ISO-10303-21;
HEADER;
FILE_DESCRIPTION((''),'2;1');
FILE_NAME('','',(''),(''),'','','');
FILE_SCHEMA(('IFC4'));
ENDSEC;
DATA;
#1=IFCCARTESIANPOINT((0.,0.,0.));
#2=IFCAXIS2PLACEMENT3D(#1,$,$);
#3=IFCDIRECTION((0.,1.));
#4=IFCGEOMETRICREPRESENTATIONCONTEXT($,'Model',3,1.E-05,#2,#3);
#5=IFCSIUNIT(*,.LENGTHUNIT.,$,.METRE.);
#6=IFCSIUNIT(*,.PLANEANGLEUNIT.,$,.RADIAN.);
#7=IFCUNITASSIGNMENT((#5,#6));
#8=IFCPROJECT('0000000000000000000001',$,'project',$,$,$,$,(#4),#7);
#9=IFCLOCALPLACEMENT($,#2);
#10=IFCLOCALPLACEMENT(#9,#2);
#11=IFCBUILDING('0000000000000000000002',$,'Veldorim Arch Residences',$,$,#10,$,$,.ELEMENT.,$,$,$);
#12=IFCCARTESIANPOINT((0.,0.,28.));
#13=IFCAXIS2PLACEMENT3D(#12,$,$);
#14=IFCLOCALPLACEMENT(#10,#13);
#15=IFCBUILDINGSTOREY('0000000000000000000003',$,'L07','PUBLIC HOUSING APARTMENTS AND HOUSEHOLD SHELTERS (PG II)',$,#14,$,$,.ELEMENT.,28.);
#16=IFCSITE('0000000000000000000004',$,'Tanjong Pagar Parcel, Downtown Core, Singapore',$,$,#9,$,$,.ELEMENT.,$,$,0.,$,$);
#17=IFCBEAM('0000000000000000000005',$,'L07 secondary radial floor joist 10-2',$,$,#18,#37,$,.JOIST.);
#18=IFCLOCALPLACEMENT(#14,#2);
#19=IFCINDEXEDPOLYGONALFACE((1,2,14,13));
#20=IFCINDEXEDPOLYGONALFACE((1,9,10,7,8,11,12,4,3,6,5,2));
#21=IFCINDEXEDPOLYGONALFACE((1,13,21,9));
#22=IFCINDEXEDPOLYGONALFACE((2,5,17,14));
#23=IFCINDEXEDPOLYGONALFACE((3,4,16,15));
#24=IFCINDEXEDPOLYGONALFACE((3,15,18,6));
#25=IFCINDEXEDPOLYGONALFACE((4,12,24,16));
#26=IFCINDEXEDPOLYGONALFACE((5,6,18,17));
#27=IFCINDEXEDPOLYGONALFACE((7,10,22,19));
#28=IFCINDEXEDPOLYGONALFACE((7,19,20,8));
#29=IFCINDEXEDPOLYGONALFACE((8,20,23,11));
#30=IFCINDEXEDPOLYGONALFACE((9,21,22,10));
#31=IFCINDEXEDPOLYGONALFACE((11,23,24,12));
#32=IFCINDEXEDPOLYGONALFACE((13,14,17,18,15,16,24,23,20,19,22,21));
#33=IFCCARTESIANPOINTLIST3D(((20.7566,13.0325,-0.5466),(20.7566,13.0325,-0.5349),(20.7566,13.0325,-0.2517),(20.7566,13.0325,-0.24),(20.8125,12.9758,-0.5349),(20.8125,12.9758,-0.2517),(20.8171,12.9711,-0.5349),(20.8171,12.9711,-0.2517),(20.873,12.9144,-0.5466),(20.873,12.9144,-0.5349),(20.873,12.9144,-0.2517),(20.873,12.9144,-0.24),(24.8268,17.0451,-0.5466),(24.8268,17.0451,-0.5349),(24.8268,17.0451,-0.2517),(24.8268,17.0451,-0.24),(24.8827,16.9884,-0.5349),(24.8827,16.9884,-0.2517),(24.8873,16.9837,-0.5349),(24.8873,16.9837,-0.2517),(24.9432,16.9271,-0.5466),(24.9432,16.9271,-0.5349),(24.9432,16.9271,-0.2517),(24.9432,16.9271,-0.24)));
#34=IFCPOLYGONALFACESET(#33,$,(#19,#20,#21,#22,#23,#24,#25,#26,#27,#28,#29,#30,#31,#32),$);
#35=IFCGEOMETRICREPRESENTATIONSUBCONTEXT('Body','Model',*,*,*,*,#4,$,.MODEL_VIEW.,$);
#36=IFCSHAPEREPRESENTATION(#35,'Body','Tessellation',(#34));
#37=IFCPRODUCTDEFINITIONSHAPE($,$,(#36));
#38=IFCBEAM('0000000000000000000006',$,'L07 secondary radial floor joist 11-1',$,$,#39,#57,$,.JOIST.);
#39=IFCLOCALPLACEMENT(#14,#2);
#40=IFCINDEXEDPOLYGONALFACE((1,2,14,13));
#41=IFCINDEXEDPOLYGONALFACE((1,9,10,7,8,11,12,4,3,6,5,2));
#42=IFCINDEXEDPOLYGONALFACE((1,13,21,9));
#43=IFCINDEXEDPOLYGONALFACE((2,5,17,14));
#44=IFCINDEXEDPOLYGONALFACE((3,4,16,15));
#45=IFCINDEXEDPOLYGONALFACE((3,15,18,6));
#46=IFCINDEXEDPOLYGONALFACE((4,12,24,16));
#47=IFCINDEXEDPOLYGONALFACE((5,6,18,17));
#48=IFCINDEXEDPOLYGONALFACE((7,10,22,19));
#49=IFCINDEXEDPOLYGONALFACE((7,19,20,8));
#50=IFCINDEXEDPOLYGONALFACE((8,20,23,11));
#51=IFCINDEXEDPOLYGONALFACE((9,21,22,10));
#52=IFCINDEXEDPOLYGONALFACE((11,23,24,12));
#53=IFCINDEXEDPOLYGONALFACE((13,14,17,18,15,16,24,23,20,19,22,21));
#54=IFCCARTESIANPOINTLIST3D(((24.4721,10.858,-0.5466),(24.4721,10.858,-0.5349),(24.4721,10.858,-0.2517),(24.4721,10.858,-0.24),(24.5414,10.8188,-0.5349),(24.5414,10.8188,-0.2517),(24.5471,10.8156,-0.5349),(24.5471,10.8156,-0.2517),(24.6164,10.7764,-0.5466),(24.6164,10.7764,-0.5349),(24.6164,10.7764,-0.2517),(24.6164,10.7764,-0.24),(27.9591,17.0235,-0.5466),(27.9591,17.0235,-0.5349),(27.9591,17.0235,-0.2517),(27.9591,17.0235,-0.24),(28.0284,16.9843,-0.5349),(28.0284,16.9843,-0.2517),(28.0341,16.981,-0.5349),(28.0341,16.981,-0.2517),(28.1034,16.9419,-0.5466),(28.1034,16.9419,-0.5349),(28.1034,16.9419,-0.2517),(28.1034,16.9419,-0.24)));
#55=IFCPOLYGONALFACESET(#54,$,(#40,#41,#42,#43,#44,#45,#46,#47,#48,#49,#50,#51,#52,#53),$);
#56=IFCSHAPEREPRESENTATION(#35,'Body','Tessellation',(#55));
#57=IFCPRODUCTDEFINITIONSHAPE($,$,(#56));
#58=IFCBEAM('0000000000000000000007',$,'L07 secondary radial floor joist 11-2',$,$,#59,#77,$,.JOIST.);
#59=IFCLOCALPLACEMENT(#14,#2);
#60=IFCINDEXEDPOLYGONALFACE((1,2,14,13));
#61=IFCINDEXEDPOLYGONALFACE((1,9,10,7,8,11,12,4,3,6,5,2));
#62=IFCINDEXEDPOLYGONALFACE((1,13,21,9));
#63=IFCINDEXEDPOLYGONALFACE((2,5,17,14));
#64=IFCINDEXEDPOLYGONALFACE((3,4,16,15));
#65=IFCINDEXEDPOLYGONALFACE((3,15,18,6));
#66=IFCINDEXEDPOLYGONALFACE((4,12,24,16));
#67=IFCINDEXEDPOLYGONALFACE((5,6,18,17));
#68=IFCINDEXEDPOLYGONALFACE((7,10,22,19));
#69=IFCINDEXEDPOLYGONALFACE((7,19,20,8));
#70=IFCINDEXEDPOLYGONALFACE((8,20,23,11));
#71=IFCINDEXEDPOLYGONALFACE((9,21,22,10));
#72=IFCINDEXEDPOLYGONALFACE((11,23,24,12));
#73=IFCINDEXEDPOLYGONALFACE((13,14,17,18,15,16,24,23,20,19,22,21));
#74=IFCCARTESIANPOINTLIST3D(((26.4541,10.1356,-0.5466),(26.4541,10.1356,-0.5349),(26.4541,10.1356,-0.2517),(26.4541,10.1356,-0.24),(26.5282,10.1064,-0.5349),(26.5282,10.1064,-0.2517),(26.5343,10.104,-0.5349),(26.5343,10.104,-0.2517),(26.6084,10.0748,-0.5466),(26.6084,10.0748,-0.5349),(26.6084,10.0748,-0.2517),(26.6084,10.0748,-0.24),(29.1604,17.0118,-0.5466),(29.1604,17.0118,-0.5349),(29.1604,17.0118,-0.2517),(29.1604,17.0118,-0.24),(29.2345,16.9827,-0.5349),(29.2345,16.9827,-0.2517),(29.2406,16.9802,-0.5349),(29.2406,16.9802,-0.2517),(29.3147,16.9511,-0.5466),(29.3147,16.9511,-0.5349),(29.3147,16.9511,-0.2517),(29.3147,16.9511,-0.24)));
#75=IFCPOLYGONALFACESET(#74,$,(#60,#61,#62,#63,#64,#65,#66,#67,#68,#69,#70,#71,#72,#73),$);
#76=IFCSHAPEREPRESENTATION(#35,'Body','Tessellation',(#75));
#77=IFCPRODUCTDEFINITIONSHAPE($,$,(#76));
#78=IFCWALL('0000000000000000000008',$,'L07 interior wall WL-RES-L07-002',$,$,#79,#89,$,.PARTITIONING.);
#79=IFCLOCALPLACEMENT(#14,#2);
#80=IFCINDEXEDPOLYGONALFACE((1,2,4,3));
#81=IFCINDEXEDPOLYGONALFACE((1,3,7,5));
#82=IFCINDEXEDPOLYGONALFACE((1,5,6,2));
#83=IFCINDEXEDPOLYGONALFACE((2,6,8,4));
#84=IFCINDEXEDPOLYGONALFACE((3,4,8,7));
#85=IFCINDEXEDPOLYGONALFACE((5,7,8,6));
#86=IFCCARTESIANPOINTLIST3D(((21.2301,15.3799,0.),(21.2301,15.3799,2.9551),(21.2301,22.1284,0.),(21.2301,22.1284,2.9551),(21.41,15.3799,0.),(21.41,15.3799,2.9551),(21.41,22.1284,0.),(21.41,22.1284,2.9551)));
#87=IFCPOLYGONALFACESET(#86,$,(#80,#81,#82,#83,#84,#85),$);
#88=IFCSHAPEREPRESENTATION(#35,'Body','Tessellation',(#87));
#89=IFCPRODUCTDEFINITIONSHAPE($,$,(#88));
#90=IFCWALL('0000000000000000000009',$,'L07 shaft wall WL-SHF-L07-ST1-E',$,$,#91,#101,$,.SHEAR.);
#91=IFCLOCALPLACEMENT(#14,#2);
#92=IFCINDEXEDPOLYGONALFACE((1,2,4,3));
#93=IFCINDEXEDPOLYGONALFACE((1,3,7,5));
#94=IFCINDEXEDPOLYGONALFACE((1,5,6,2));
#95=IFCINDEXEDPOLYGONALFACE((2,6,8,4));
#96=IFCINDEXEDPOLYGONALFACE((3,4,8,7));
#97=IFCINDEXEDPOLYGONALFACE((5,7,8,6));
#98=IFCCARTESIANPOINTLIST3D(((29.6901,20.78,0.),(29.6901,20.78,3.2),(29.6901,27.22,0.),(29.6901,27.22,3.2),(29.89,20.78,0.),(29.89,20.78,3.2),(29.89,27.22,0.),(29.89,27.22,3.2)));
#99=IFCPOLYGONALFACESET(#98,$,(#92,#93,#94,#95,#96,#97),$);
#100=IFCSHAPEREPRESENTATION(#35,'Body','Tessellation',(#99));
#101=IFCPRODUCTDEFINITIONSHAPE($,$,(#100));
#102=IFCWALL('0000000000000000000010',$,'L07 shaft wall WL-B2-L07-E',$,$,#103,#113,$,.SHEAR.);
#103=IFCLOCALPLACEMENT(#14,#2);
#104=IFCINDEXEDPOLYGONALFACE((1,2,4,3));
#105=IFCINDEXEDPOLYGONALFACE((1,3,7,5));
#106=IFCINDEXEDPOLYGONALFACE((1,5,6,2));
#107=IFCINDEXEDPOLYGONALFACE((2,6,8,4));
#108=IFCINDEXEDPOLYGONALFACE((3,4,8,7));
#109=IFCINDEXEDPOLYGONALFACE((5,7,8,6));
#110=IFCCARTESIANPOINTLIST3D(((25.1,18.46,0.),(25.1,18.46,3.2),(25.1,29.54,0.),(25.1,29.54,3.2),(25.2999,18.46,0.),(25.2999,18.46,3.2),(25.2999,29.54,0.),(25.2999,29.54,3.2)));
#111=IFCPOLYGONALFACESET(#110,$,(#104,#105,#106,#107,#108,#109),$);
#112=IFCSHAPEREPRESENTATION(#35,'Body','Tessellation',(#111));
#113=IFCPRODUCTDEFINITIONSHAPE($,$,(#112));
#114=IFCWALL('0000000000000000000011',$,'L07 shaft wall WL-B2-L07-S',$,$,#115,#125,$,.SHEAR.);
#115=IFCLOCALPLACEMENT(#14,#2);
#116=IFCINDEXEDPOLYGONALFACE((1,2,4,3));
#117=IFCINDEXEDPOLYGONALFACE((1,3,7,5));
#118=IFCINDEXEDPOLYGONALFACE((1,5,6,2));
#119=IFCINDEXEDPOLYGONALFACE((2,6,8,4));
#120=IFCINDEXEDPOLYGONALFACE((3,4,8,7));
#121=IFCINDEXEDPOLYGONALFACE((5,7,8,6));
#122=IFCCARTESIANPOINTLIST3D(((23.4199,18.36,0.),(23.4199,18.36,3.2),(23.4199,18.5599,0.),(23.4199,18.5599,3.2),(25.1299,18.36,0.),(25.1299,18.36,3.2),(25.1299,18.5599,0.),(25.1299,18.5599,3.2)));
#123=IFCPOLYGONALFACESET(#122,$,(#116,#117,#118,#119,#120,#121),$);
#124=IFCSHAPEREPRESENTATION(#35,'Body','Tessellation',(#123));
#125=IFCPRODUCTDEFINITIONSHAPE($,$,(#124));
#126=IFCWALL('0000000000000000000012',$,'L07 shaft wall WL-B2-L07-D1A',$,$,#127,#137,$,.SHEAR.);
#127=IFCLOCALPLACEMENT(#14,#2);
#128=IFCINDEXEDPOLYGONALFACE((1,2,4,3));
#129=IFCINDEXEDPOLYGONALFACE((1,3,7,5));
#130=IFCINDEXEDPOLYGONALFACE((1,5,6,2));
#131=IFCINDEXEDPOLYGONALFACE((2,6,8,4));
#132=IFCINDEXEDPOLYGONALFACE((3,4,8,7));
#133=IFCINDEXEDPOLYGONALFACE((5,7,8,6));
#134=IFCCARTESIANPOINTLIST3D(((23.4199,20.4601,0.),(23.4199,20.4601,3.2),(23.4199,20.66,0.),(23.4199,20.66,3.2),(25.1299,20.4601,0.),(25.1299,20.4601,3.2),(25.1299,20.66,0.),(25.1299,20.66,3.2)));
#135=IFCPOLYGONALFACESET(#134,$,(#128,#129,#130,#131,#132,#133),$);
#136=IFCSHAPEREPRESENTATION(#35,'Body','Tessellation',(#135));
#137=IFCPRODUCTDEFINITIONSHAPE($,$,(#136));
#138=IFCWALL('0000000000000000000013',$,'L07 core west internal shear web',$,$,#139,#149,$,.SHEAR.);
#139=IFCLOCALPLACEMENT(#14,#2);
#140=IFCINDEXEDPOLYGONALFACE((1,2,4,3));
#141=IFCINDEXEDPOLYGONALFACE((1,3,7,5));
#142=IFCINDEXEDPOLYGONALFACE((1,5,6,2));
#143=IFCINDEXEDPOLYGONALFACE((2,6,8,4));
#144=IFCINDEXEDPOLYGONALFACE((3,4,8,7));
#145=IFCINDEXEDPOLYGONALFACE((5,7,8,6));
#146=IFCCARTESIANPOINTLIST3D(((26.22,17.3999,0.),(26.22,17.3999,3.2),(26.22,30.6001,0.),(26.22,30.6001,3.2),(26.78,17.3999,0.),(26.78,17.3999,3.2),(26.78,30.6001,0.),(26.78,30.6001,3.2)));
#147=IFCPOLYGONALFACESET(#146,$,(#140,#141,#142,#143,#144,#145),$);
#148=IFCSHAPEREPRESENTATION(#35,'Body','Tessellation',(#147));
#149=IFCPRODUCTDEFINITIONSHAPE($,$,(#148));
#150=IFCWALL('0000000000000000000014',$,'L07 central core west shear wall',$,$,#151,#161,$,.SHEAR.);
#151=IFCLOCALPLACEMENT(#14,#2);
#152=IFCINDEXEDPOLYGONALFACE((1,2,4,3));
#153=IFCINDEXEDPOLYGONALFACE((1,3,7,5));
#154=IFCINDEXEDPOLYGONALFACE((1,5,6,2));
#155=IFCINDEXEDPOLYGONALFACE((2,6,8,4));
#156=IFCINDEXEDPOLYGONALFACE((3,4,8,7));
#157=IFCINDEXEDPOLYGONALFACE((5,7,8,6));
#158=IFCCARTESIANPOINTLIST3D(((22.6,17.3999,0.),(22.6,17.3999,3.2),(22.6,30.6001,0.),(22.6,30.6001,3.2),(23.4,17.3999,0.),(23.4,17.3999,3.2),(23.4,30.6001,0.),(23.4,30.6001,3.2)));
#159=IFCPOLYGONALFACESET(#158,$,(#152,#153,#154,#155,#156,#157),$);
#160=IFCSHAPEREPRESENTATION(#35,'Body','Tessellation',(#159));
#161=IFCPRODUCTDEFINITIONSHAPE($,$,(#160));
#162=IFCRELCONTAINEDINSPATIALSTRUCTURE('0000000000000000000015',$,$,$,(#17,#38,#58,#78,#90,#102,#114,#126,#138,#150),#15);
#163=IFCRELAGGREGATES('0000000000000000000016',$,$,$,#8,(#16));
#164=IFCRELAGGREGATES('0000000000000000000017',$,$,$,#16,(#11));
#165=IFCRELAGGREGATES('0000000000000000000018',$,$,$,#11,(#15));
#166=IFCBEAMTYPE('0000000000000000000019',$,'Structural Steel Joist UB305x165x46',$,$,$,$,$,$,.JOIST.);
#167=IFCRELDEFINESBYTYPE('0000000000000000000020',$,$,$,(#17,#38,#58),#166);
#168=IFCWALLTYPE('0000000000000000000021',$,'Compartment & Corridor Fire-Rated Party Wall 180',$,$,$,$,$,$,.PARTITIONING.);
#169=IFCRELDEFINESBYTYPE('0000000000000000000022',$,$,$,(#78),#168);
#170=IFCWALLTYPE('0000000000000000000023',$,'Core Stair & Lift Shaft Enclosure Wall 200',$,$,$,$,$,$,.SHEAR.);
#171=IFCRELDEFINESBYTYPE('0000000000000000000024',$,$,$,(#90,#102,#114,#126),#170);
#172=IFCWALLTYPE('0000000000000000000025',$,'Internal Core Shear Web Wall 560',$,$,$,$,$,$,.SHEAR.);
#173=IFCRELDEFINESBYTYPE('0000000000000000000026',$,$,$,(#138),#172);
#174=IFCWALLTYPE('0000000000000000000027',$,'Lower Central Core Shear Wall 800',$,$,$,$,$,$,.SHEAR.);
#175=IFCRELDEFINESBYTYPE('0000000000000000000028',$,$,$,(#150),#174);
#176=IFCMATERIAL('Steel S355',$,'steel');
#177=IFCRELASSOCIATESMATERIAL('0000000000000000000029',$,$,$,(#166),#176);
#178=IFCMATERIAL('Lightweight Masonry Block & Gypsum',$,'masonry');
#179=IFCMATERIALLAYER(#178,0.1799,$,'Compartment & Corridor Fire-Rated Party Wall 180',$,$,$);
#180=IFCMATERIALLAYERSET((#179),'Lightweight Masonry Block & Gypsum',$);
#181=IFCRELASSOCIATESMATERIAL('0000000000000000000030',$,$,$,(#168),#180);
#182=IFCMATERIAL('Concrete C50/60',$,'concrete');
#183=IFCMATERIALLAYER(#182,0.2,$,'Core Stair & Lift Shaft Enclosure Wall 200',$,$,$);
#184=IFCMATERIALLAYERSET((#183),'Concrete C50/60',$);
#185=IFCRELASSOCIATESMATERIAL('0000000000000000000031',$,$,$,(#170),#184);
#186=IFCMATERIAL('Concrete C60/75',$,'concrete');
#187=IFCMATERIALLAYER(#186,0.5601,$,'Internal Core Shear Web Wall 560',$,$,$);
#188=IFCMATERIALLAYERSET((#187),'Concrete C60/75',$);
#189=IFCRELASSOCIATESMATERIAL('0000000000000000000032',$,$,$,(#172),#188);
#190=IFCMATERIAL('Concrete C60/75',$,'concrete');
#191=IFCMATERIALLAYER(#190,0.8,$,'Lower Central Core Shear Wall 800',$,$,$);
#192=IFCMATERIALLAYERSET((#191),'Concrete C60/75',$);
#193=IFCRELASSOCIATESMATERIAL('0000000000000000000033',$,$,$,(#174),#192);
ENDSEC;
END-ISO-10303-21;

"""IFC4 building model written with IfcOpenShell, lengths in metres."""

from ifc_helpers import new_model, si_unit, direction, frame, frame_2d, origin, origin_2d, place, context, subcontext, project, spatial, rectangle, i_section, extrude, material, layer, layer_set, material_profile, profile_set, type_object, element, save


model = new_model("IFC4")

# Units and contexts
model_context = context("Model", 3, precision=1e-05, world=origin(), true_north=direction((0.0, 1.0)))
body_context = subcontext(model_context, "Body", "Model", "MODEL_VIEW")
ifc_project = project(units=[si_unit("LENGTHUNIT", "METRE"), si_unit("PLANEANGLEUNIT", "RADIAN")], contexts=[model_context])

# Site, building, storey
site_placement = place(None, origin())
site = spatial("IfcSite", under=ifc_project, at=site_placement, Name="Tanjong Pagar Parcel, Downtown Core, Singapore", CompositionType="ELEMENT", RefElevation=0.0)
building_placement = place(site_placement, origin())
building = spatial("IfcBuilding", under=site, at=building_placement, Name="Veldorim Arch Residences", CompositionType="ELEMENT")
storey_placement = place(building_placement, frame((0.0, 0.0, 28.0)))
storey = spatial("IfcBuildingStorey", under=building, at=storey_placement, Name="L07", Description="PUBLIC HOUSING APARTMENTS AND HOUSEHOLD SHELTERS (PG II)", CompositionType="ELEMENT", Elevation=28.0)

# Beams
ifc_material_1 = material(Name="Steel S355", Category="steel")
ifc_material_profile_1 = material_profile(ifc_material_1, i_section(OverallWidth=0.1658, OverallDepth=0.3066, WebThickness=0.0066, FlangeThickness=0.0117, at=origin_2d()), Name="UB305x165x46")
ifc_profile_set_1 = profile_set([ifc_material_profile_1], Name="Steel S355")
beam_type_1 = type_object("IfcBeamType", Name="Structural Steel Joist UB305x165x46", PredefinedType="JOIST", material=ifc_profile_set_1)
beam_1_placement = place(storey_placement, frame((24.885, 16.9861, -0.3933), z_axis=(-0.712129, -0.702049, 0.0), x_axis=(0.702049, -0.712129, 0.0)))
element("IfcBeam", 1, at=beam_1_placement, inside=storey, type_object=beam_type_1, Name="L07 secondary radial floor joist 10-2", PredefinedType="JOIST", context=body_context, shape_type="SweptSolid", body=[
    extrude(i_section(OverallWidth=0.1658, OverallDepth=0.3066, WebThickness=0.0066, FlangeThickness=0.0117, at=origin_2d()), origin(), (0.0, 0.0, 1.0), 5.7156),
])
beam_2_placement = place(storey_placement, frame((28.0312, 16.9827, -0.3933), z_axis=(-0.492292, -0.87043, 0.0), x_axis=(0.87043, -0.492292, 0.0)))
element("IfcBeam", 2, at=beam_2_placement, inside=storey, type_object=beam_type_1, Name="L07 secondary radial floor joist 11-1", PredefinedType="JOIST", context=body_context, shape_type="SweptSolid", body=[
    extrude(i_section(OverallWidth=0.1658, OverallDepth=0.3066, WebThickness=0.0066, FlangeThickness=0.0117, at=origin_2d()), origin(), (0.0, 0.0, 1.0), 7.0833),
])
beam_3_placement = place(storey_placement, frame((29.2375, 16.9814, -0.3933), z_axis=(-0.36623, -0.930524, 0.0), x_axis=(0.930524, -0.36623, 0.0)))
element("IfcBeam", 3, at=beam_3_placement, inside=storey, type_object=beam_type_1, Name="L07 secondary radial floor joist 11-2", PredefinedType="JOIST", context=body_context, shape_type="SweptSolid", body=[
    extrude(i_section(OverallWidth=0.1658, OverallDepth=0.3066, WebThickness=0.0066, FlangeThickness=0.0117, at=origin_2d()), origin(), (0.0, 0.0, 1.0), 7.3896),
])

# Walls
ifc_material_2 = material(Name="Lightweight Masonry Block & Gypsum", Category="masonry")
ifc_layer_1 = layer(ifc_material_2, 0.1799, Name="Compartment & Corridor Fire-Rated Party Wall 180")
ifc_layer_set_1 = layer_set([ifc_layer_1], Name="Lightweight Masonry Block & Gypsum")
wall_type_1 = type_object("IfcWallType", Name="Compartment & Corridor Fire-Rated Party Wall 180", PredefinedType="PARTITIONING", material=ifc_layer_set_1)
wall_1_placement = place(storey_placement, frame((21.3201, 15.3799, 0.0), z_axis=(0.0, 0.0, 1.0), x_axis=(0.0, 1.0, 0.0)))
element("IfcWall", 4, at=wall_1_placement, inside=storey, type_object=wall_type_1, Name="L07 interior wall WL-RES-L07-002", PredefinedType="PARTITIONING", context=body_context, shape_type="SweptSolid", body=[
    extrude(rectangle(XDim=6.7485, YDim=0.1799, at=frame_2d((3.3743, 0.0))), origin(), (0.0, 0.0, 1.0), 2.9551),
])
ifc_material_3 = material(Name="Concrete C50/60", Category="concrete")
ifc_layer_2 = layer(ifc_material_3, 0.2, Name="Core Stair & Lift Shaft Enclosure Wall 200")
ifc_layer_set_2 = layer_set([ifc_layer_2], Name="Concrete C50/60")
wall_type_2 = type_object("IfcWallType", Name="Core Stair & Lift Shaft Enclosure Wall 200", PredefinedType="SHEAR", material=ifc_layer_set_2)
wall_2_placement = place(storey_placement, frame((29.79, 20.78, 0.0), z_axis=(0.0, 0.0, 1.0), x_axis=(0.0, 1.0, 0.0)))
element("IfcWall", 5, at=wall_2_placement, inside=storey, type_object=wall_type_2, Name="L07 shaft wall WL-SHF-L07-ST1-E", PredefinedType="SHEAR", context=body_context, shape_type="SweptSolid", body=[
    extrude(rectangle(XDim=6.4399, YDim=0.2, at=frame_2d((3.22, 0.0))), origin(), (0.0, 0.0, 1.0), 3.2),
])

# Walls
wall_3_placement = place(storey_placement, frame((25.2, 18.46, 0.0), z_axis=(0.0, 0.0, 1.0), x_axis=(0.0, 1.0, 0.0)))
element("IfcWall", 6, at=wall_3_placement, inside=storey, type_object=wall_type_2, Name="L07 shaft wall WL-B2-L07-E", PredefinedType="SHEAR", context=body_context, shape_type="SweptSolid", body=[
    extrude(rectangle(XDim=11.0801, YDim=0.2, at=frame_2d((5.54, 0.0))), origin(), (0.0, 0.0, 1.0), 3.2),
])
for number, where, z_axis, x_axis, name in (
    (7, (23.4199, 18.46, 0.0), (0.0, 0.0, 1.0), (1.0, 0.0, 0.0), "L07 shaft wall WL-B2-L07-S"),
    (8, (23.4199, 20.5601, 0.0), (0.0, 0.0, 1.0), (1.0, 0.0, 0.0), "L07 shaft wall WL-B2-L07-D1A"),
):
    element("IfcWall", number, at=place(storey_placement, frame(where, z_axis=z_axis, x_axis=x_axis)), inside=storey, type_object=wall_type_2, Name=name, PredefinedType="SHEAR", context=body_context, shape_type="SweptSolid", body=[
        extrude(rectangle(XDim=1.71, YDim=0.2, at=frame_2d((0.855, 0.0))), origin(), (0.0, 0.0, 1.0), 3.2),
    ])
ifc_material_4 = material(Name="Concrete C60/75", Category="concrete")
ifc_layer_3 = layer(ifc_material_4, 0.5601, Name="Internal Core Shear Web Wall 560")
ifc_layer_set_3 = layer_set([ifc_layer_3], Name="Concrete C60/75")
wall_type_3 = type_object("IfcWallType", Name="Internal Core Shear Web Wall 560", PredefinedType="SHEAR", material=ifc_layer_set_3)
wall_4_placement = place(storey_placement, frame((26.5, 17.3999, 0.0), z_axis=(0.0, 0.0, 1.0), x_axis=(0.0, 1.0, 0.0)))
element("IfcWall", 9, at=wall_4_placement, inside=storey, type_object=wall_type_3, Name="L07 core west internal shear web", PredefinedType="SHEAR", context=body_context, shape_type="SweptSolid", body=[
    extrude(rectangle(XDim=13.2002, YDim=0.5601, at=frame_2d((6.6001, 0.0))), origin(), (0.0, 0.0, 1.0), 3.2),
])

# Shared definitions
ifc_material_5 = material(Name="Concrete C60/75", Category="concrete")
ifc_layer_4 = layer(ifc_material_5, 0.8, Name="Lower Central Core Shear Wall 800")
ifc_layer_set_4 = layer_set([ifc_layer_4], Name="Concrete C60/75")
wall_type_4 = type_object("IfcWallType", Name="Lower Central Core Shear Wall 800", PredefinedType="SHEAR", material=ifc_layer_set_4)

# Wall
wall_5_placement = place(storey_placement, frame((23.0, 17.3999, 0.0), z_axis=(0.0, 0.0, 1.0), x_axis=(0.0, 1.0, 0.0)))
element("IfcWall", 10, at=wall_5_placement, inside=storey, type_object=wall_type_4, Name="L07 central core west shear wall", PredefinedType="SHEAR", context=body_context, shape_type="SweptSolid", body=[
    extrude(rectangle(XDim=13.2002, YDim=0.8, at=frame_2d((6.6001, 0.0))), origin(), (0.0, 0.0, 1.0), 3.2),
])

save(model, "model.ifc")
